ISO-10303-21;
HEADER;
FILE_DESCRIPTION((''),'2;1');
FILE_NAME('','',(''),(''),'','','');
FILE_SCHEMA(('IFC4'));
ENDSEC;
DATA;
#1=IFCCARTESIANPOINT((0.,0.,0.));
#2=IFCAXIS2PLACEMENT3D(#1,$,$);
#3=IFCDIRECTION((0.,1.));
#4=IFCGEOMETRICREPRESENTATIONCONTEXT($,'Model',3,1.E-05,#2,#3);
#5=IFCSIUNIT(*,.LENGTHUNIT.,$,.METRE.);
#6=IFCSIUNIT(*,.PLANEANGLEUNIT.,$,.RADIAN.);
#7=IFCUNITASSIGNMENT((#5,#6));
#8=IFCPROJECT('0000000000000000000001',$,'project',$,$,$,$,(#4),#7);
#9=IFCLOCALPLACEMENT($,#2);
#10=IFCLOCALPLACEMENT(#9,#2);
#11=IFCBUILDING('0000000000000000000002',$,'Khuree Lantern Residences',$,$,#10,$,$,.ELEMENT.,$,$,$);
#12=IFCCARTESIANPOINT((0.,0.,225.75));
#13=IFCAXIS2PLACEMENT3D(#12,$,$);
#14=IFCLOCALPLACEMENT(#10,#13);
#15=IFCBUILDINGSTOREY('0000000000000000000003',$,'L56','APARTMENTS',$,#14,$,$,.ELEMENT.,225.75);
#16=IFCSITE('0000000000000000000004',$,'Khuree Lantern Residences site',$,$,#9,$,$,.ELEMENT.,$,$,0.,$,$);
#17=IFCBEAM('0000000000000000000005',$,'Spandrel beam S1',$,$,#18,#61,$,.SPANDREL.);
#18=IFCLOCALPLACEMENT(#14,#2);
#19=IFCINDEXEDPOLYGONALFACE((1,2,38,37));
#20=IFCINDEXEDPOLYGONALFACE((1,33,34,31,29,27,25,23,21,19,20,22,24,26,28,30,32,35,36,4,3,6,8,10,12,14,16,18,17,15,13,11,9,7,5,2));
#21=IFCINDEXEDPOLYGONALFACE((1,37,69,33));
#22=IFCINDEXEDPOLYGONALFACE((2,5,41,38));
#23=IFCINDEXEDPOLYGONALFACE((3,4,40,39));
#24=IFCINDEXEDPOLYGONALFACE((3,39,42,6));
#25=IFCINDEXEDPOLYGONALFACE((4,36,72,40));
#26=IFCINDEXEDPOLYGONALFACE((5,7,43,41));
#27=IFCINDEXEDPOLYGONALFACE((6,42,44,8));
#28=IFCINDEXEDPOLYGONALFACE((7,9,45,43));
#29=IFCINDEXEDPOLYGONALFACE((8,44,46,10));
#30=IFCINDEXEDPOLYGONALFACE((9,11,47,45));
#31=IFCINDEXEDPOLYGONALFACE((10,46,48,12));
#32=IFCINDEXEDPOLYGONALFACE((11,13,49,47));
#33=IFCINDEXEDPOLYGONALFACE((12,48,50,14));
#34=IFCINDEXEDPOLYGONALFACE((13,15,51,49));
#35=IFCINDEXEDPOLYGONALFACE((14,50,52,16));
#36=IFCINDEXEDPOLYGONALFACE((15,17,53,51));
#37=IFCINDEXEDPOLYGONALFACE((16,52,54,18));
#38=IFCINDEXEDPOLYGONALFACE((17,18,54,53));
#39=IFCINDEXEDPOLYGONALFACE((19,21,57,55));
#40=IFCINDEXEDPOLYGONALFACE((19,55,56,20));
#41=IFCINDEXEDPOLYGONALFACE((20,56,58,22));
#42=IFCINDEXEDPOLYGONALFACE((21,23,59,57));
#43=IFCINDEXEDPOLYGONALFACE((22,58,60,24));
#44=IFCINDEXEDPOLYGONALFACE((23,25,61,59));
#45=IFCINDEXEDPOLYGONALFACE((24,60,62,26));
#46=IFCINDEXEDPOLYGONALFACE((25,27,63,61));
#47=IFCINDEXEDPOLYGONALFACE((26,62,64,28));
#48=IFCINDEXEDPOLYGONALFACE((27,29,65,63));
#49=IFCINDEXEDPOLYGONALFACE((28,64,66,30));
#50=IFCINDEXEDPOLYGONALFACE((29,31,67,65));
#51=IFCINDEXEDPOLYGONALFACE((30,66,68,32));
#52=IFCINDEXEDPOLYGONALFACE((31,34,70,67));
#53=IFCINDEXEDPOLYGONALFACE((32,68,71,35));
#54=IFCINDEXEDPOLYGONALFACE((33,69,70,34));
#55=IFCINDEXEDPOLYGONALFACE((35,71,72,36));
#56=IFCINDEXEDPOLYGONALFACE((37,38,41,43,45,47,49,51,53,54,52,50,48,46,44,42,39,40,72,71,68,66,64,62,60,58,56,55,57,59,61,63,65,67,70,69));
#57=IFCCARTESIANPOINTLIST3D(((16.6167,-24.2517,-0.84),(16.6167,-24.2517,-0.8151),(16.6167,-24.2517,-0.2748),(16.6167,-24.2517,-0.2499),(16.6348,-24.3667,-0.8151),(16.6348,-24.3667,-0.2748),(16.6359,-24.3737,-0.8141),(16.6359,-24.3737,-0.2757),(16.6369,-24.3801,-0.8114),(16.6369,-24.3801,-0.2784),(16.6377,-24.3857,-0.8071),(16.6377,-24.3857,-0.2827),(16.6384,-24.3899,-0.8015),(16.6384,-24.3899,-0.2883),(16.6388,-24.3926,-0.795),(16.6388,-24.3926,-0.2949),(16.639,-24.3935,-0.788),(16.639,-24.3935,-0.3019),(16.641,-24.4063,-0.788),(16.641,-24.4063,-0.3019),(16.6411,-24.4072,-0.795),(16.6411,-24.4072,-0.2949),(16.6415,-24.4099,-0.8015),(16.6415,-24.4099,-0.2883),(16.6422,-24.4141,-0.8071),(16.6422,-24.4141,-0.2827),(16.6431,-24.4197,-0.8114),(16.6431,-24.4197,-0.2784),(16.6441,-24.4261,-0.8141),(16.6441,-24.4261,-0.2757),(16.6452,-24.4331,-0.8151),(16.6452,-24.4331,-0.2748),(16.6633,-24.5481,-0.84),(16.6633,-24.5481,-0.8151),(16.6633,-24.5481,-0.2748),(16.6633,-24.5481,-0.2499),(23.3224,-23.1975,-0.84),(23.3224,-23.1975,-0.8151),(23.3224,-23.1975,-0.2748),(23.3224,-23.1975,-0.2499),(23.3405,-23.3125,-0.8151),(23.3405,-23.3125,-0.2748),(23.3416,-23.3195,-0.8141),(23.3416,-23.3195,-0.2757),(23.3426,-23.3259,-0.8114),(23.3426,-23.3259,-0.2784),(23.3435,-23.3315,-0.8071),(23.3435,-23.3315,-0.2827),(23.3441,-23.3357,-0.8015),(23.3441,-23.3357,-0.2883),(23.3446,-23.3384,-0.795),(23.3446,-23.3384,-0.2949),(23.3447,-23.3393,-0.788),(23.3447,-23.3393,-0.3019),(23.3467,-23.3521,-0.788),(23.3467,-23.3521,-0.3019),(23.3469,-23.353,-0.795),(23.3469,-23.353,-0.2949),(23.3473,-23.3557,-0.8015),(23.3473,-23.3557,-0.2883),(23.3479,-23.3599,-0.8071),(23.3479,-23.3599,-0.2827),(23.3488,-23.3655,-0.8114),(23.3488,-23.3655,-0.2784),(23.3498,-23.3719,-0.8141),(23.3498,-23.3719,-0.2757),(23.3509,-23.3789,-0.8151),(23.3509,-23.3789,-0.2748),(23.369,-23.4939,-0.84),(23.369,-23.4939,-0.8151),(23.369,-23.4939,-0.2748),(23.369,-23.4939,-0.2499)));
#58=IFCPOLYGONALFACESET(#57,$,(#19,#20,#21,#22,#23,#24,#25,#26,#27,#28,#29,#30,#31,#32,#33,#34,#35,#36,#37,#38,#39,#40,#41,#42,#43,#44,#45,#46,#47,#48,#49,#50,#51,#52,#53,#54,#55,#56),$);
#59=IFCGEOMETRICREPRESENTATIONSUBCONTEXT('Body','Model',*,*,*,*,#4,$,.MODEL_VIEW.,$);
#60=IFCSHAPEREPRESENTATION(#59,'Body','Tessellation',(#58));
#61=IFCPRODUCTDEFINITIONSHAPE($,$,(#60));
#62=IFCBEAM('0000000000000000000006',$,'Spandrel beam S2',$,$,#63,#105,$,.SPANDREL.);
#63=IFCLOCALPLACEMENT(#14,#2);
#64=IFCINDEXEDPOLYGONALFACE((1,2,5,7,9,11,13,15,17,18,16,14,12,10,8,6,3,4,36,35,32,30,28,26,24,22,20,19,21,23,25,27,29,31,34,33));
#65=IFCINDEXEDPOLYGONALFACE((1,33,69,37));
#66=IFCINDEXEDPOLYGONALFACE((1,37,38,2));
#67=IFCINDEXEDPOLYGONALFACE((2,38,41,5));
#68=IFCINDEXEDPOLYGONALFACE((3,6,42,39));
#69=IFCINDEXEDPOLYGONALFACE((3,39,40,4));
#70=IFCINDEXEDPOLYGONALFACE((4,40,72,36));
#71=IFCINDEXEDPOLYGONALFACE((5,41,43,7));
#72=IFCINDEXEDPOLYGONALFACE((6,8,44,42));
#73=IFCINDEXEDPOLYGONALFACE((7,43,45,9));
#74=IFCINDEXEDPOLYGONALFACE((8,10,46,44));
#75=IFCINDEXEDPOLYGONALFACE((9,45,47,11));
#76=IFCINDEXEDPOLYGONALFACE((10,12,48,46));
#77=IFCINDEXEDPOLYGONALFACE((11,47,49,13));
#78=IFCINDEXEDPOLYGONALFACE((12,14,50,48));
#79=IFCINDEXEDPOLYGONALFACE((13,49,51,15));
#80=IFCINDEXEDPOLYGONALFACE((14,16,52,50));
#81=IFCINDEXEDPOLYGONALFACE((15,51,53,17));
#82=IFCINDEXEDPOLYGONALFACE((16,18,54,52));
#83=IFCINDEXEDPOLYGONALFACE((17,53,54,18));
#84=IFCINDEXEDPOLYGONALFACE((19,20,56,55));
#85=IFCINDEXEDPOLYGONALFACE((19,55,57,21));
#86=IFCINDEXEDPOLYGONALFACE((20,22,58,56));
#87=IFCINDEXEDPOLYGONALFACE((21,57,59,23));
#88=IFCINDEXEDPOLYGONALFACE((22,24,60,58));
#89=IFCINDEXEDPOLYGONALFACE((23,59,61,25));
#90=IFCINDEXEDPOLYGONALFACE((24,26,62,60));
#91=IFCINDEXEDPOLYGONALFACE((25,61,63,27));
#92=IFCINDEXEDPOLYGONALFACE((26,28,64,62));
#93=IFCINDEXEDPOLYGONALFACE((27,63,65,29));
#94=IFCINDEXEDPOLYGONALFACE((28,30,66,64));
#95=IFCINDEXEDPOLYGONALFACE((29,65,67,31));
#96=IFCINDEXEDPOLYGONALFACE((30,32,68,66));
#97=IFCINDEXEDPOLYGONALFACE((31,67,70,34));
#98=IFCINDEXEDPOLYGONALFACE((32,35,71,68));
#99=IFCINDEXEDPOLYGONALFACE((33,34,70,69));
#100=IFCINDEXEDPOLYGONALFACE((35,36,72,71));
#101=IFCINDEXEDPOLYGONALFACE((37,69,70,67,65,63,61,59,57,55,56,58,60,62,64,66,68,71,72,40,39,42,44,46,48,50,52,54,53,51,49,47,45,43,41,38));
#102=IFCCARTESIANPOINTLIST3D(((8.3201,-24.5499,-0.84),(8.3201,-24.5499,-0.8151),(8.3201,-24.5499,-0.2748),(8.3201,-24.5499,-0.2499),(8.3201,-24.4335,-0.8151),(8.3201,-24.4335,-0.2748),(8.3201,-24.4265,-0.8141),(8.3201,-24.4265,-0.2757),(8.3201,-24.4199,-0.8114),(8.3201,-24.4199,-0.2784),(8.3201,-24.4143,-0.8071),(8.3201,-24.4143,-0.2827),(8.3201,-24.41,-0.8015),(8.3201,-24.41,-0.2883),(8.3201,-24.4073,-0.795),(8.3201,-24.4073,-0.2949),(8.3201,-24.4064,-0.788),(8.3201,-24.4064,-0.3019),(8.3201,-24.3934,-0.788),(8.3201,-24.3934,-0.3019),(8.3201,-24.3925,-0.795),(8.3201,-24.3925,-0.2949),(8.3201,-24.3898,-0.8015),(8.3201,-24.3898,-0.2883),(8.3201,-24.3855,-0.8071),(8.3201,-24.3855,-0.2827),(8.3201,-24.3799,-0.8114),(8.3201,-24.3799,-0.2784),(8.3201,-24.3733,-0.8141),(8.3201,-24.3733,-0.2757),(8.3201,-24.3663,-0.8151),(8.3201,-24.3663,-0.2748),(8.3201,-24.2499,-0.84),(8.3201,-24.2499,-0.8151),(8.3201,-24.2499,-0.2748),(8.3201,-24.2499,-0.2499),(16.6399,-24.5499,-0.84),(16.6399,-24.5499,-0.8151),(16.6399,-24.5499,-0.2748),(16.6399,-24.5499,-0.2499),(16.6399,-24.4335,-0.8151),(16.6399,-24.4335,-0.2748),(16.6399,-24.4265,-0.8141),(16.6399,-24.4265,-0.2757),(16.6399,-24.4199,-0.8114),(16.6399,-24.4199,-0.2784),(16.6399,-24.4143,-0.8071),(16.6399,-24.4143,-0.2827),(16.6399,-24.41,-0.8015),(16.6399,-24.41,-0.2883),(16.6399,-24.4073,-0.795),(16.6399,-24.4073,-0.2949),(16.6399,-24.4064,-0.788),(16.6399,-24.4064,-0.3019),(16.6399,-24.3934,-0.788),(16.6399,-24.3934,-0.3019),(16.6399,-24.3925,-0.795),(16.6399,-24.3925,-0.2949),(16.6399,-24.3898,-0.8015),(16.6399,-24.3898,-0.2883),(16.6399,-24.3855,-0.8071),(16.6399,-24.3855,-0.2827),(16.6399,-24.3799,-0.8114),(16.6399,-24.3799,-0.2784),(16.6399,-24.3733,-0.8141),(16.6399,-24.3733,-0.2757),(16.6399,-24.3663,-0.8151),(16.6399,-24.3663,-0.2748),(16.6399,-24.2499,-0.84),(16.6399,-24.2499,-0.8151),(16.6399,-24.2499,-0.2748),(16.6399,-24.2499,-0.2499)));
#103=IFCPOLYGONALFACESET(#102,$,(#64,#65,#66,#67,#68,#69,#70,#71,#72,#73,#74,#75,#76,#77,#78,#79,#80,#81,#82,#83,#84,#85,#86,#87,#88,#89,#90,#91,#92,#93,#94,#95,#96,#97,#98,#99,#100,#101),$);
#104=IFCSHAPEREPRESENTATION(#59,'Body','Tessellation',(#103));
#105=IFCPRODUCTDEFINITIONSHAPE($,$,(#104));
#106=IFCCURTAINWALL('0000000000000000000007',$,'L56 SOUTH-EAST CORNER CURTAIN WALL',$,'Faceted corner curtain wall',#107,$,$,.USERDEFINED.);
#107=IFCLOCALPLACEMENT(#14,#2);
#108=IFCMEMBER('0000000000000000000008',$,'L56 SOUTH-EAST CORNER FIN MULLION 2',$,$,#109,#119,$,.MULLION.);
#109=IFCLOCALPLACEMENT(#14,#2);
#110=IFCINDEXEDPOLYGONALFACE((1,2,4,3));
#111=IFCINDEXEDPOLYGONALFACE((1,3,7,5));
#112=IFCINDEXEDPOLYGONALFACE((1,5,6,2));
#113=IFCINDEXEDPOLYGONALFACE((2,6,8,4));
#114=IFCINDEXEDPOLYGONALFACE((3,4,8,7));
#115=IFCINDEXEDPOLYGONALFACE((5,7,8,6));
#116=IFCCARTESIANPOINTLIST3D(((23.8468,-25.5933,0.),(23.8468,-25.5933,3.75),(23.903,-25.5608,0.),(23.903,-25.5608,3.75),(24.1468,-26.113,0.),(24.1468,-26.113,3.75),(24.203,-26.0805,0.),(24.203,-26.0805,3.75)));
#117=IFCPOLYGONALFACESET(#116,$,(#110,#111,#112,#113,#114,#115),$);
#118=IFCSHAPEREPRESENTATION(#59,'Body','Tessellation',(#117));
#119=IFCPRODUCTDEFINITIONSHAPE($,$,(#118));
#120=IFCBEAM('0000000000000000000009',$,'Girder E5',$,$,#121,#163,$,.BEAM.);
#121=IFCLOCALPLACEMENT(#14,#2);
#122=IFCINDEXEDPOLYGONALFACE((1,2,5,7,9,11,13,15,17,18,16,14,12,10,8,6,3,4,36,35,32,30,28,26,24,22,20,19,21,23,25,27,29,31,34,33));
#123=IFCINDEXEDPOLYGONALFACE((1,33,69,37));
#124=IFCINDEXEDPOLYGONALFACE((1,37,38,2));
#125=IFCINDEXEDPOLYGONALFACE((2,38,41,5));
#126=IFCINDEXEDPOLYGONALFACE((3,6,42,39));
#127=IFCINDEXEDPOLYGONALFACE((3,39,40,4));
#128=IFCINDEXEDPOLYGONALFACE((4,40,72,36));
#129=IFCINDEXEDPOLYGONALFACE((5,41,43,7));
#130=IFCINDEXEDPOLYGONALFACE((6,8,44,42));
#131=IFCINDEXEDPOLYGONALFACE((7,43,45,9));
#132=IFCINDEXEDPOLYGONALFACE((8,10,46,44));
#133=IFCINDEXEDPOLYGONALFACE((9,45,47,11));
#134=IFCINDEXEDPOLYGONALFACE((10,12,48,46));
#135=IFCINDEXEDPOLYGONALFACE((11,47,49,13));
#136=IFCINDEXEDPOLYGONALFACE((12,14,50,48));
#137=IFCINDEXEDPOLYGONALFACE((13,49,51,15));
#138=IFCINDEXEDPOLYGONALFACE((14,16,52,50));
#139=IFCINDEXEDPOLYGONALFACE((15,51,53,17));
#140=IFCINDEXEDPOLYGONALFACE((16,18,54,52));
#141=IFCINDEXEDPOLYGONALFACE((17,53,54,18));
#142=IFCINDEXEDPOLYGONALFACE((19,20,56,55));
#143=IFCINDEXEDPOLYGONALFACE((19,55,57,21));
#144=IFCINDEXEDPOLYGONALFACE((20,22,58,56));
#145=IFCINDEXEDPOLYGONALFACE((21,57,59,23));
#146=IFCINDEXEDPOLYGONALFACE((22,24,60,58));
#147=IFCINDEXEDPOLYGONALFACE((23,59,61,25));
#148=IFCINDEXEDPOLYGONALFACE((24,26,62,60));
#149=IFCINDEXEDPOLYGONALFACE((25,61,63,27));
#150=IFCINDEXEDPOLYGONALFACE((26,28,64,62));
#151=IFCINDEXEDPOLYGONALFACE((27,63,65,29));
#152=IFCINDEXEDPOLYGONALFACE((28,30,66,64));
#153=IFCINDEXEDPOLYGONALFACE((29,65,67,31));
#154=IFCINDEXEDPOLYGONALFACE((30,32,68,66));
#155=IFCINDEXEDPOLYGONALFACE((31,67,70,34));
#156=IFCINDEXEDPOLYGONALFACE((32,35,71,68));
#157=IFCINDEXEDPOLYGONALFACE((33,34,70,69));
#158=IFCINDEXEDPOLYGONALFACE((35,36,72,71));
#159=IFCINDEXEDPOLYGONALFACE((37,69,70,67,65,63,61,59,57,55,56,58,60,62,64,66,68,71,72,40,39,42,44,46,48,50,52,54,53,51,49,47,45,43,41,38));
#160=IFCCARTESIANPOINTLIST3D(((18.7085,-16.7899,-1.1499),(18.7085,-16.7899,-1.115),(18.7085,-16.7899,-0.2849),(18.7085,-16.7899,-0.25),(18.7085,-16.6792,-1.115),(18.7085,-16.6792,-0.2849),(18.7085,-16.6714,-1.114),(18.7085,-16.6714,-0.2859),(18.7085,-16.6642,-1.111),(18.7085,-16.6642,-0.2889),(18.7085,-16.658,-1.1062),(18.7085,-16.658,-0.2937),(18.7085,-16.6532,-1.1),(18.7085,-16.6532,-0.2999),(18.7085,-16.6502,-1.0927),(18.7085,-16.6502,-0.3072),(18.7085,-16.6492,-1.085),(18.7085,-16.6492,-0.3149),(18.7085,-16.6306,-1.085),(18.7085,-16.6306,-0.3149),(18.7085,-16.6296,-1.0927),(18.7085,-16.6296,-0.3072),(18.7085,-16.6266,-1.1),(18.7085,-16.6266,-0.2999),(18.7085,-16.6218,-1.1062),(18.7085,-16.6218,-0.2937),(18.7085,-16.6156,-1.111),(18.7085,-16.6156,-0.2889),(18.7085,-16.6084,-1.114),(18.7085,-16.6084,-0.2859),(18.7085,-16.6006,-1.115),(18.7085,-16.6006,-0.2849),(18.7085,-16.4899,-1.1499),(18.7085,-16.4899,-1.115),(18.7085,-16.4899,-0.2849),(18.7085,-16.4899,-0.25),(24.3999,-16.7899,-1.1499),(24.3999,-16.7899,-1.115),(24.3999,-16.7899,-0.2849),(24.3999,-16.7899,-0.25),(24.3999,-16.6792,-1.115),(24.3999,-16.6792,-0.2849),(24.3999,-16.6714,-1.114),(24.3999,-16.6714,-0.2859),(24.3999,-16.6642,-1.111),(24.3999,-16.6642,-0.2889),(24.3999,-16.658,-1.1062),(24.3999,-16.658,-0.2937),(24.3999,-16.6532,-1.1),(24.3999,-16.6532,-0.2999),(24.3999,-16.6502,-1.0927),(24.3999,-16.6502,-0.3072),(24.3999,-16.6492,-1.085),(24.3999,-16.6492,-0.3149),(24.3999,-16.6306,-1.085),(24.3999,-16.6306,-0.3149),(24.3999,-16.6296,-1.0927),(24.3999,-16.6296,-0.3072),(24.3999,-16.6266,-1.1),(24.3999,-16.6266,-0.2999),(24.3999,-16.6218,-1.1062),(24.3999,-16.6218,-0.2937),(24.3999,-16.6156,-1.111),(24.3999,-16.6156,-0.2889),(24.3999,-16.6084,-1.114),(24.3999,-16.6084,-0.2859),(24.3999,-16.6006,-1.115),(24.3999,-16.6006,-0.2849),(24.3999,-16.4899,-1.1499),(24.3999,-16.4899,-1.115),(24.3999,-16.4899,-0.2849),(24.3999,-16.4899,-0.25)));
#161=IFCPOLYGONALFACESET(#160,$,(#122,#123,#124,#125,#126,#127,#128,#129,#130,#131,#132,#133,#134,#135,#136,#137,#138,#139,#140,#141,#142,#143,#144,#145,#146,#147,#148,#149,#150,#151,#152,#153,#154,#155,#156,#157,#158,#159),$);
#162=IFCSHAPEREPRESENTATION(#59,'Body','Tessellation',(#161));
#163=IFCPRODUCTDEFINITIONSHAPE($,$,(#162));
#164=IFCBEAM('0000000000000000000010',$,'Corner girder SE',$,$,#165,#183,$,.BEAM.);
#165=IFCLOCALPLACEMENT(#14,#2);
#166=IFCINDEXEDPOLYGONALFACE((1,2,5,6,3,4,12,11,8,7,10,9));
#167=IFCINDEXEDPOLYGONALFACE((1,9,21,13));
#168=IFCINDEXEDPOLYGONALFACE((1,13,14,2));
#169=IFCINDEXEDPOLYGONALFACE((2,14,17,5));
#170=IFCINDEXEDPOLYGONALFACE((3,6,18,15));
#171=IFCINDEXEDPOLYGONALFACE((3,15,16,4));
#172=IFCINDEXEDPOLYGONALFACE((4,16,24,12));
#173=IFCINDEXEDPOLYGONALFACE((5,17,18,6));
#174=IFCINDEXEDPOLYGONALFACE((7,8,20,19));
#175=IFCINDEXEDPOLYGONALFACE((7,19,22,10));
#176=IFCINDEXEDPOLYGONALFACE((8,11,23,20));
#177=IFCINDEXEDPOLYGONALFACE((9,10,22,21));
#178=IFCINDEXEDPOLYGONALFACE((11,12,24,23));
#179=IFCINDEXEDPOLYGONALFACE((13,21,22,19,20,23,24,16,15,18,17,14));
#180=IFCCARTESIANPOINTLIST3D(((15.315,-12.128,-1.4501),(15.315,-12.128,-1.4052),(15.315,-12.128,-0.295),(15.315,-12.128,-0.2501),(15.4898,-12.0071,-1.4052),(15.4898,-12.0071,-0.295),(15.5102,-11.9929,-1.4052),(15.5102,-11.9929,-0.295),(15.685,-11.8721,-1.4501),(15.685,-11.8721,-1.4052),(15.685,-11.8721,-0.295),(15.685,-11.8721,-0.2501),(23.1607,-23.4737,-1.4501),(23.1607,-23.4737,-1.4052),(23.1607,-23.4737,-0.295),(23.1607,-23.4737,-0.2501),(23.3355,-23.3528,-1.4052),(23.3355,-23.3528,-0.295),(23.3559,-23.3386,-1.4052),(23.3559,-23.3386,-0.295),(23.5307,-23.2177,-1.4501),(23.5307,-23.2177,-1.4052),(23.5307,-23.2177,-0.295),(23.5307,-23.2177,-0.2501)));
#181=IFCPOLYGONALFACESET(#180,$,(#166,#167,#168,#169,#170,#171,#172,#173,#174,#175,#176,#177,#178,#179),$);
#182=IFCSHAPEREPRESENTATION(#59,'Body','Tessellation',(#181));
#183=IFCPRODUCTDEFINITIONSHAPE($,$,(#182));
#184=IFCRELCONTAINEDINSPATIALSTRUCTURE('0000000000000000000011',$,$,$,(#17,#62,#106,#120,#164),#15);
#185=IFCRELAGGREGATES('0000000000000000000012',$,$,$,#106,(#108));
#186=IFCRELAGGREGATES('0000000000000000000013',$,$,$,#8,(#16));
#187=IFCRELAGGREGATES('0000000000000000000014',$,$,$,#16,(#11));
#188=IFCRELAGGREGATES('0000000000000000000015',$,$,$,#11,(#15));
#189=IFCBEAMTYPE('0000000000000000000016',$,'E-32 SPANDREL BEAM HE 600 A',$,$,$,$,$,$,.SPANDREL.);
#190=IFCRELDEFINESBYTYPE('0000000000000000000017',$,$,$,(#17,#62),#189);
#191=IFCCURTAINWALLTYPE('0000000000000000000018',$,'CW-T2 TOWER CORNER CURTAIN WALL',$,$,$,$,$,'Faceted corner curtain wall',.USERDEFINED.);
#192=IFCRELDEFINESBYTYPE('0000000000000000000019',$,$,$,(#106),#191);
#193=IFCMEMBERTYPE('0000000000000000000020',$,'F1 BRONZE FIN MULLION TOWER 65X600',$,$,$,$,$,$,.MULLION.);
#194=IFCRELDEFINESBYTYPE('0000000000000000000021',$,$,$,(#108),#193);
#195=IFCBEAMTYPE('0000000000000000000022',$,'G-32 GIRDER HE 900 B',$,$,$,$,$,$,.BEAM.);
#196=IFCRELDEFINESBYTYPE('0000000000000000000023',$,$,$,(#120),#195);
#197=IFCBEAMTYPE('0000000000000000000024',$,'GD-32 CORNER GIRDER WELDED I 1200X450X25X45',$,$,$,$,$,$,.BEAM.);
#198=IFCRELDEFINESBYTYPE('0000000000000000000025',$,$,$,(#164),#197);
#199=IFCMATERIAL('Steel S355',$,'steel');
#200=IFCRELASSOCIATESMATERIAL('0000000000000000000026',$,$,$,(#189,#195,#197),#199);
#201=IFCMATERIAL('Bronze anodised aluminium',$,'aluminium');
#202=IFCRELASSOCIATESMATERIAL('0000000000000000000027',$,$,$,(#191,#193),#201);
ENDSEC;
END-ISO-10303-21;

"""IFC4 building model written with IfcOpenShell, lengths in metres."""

from ifc_helpers import new_model, si_unit, direction, frame, origin, origin_2d, place, context, subcontext, project, spatial, rectangle, i_section, extrude, material, material_profile, profile_set, type_object, element, aggregate, save


model = new_model("IFC4")

# Units and contexts
model_context = context("Model", 3, precision=1e-05, world=origin(), true_north=direction((0.0, 1.0)))
body_context = subcontext(model_context, "Body", "Model", "MODEL_VIEW")
ifc_project = project(units=[si_unit("LENGTHUNIT", "METRE"), si_unit("PLANEANGLEUNIT", "RADIAN")], contexts=[model_context])

# Site, building, storey
site_placement = place(None, origin())
site = spatial("IfcSite", under=ifc_project, at=site_placement, Name="Khuree Lantern Residences site", CompositionType="ELEMENT", RefElevation=0.0)
building_placement = place(site_placement, origin())
building = spatial("IfcBuilding", under=site, at=building_placement, Name="Khuree Lantern Residences", CompositionType="ELEMENT")
storey_placement = place(building_placement, frame((0.0, 0.0, 225.75)))
storey = spatial("IfcBuildingStorey", under=building, at=storey_placement, Name="L56", Description="APARTMENTS", CompositionType="ELEMENT", Elevation=225.75)

# Beams
ifc_material_1 = material(Name="Steel S355", Category="steel")
ifc_material_profile_1 = material_profile(ifc_material_1, i_section(OverallWidth=0.3, OverallDepth=0.5901, WebThickness=0.0129, FlangeThickness=0.0249, FilletRadius=0.0271, at=origin_2d()), Name="HE 600 A")
ifc_profile_set_1 = profile_set([ifc_material_profile_1], Name="Steel S355")
beam_type_1 = type_object("IfcBeamType", Name="E-32 SPANDREL BEAM HE 600 A", PredefinedType="SPANDREL", material=ifc_profile_set_1)
for number, where, z_axis, x_axis, name in (
    (1, (23.3457, -23.3457, -0.5449), (-0.987867, -0.1553, 0.0), (0.1553, -0.987867, 0.0), "Spandrel beam S1"),
):
    element("IfcBeam", number, at=place(storey_placement, frame(where, z_axis=z_axis, x_axis=x_axis)), inside=storey, type_object=beam_type_1, Name=name, PredefinedType="SPANDREL", context=body_context, shape_type="SweptSolid", body=[
        extrude(i_section(OverallWidth=0.3, OverallDepth=0.5901, WebThickness=0.0129, FlangeThickness=0.0249, FilletRadius=0.0271, at=origin_2d()), origin(), (0.0, 0.0, 1.0), 6.7881),
    ])
beam_1_placement = place(storey_placement, frame((16.6399, -24.3999, -0.5449), z_axis=(-1.0, 0.0, 0.0), x_axis=(0.0, -1.0, 0.0)))
element("IfcBeam", 2, at=beam_1_placement, inside=storey, type_object=beam_type_1, Name="Spandrel beam S2", PredefinedType="SPANDREL", context=body_context, shape_type="SweptSolid", body=[
    extrude(i_section(OverallWidth=0.3, OverallDepth=0.5901, WebThickness=0.0129, FlangeThickness=0.0249, FilletRadius=0.0271, at=origin_2d()), origin(), (0.0, 0.0, 1.0), 8.3198),
])

# Curtain wall, member
ifc_material_2 = material(Name="Bronze anodised aluminium", Category="aluminium")
curtain_wall_type_1 = type_object("IfcCurtainWallType", Name="CW-T2 TOWER CORNER CURTAIN WALL", ElementType="Faceted corner curtain wall", PredefinedType="USERDEFINED", material=ifc_material_2)
curtain_wall_1_placement = place(storey_placement, origin())
curtain_wall_1 = element("IfcCurtainWall", 3, at=curtain_wall_1_placement, inside=storey, type_object=curtain_wall_type_1, Name="L56 SOUTH-EAST CORNER CURTAIN WALL", ObjectType="Faceted corner curtain wall", PredefinedType="USERDEFINED")
ifc_material_profile_2 = material_profile(ifc_material_2, rectangle(XDim=0.0649, YDim=0.6001, at=origin_2d()), Name="F1 65X600")
ifc_profile_set_2 = profile_set([ifc_material_profile_2], Name="Bronze anodised aluminium")
member_type_1 = type_object("IfcMemberType", Name="F1 BRONZE FIN MULLION TOWER 65X600", PredefinedType="MULLION", material=ifc_profile_set_2)
member_1_placement = place(storey_placement, frame((24.0249, -25.8369, 0.0), z_axis=(0.0, 0.0, 1.0), x_axis=(0.866025, 0.5, 0.0)))
member_1 = element("IfcMember", 4, at=member_1_placement, type_object=member_type_1, Name="L56 SOUTH-EAST CORNER FIN MULLION 2", PredefinedType="MULLION", context=body_context, shape_type="SweptSolid", body=[
    extrude(rectangle(XDim=0.0649, YDim=0.6001, at=origin_2d()), origin(), (0.0, 0.0, 1.0), 3.75),
])

# Beams
ifc_material_profile_3 = material_profile(ifc_material_1, i_section(OverallWidth=0.3, OverallDepth=0.8999, WebThickness=0.0186, FlangeThickness=0.0349, FilletRadius=0.03, at=origin_2d()), Name="HE 900 B")
ifc_profile_set_3 = profile_set([ifc_material_profile_3], Name="Steel S355")
beam_type_2 = type_object("IfcBeamType", Name="G-32 GIRDER HE 900 B", PredefinedType="BEAM", material=ifc_profile_set_3)
beam_2_placement = place(storey_placement, frame((24.3999, -16.6399, -0.7), z_axis=(-1.0, 0.0, 0.0), x_axis=(0.0, -1.0, 0.0)))
element("IfcBeam", 5, at=beam_2_placement, inside=storey, type_object=beam_type_2, Name="Girder E5", PredefinedType="BEAM", context=body_context, shape_type="SweptSolid", body=[
    extrude(i_section(OverallWidth=0.3, OverallDepth=0.8999, WebThickness=0.0186, FlangeThickness=0.0349, FilletRadius=0.03, at=origin_2d()), origin(), (0.0, 0.0, 1.0), 5.6914),
])
ifc_material_profile_4 = material_profile(ifc_material_1, i_section(OverallWidth=0.45, OverallDepth=1.2, WebThickness=0.0249, FlangeThickness=0.0449, at=origin_2d()), Name="WELDED I 1200X450X25X45")
ifc_profile_set_4 = profile_set([ifc_material_profile_4], Name="Steel S355")
beam_type_3 = type_object("IfcBeamType", Name="GD-32 CORNER GIRDER WELDED I 1200X450X25X45", PredefinedType="BEAM", material=ifc_profile_set_4)
beam_3_placement = place(storey_placement, frame((23.3457, -23.3457, -0.8501), z_axis=(-0.568768, 0.822498, 0.0), x_axis=(-0.822498, -0.568768, 0.0)))
element("IfcBeam", 6, at=beam_3_placement, inside=storey, type_object=beam_type_3, Name="Corner girder SE", PredefinedType="BEAM", context=body_context, shape_type="SweptSolid", body=[
    extrude(i_section(OverallWidth=0.45, OverallDepth=1.2, WebThickness=0.0249, FlangeThickness=0.0449, at=origin_2d()), origin(), (0.0, 0.0, 1.0), 13.7942),
])

aggregate(curtain_wall_1, [member_1])

save(model, "model.ifc")
